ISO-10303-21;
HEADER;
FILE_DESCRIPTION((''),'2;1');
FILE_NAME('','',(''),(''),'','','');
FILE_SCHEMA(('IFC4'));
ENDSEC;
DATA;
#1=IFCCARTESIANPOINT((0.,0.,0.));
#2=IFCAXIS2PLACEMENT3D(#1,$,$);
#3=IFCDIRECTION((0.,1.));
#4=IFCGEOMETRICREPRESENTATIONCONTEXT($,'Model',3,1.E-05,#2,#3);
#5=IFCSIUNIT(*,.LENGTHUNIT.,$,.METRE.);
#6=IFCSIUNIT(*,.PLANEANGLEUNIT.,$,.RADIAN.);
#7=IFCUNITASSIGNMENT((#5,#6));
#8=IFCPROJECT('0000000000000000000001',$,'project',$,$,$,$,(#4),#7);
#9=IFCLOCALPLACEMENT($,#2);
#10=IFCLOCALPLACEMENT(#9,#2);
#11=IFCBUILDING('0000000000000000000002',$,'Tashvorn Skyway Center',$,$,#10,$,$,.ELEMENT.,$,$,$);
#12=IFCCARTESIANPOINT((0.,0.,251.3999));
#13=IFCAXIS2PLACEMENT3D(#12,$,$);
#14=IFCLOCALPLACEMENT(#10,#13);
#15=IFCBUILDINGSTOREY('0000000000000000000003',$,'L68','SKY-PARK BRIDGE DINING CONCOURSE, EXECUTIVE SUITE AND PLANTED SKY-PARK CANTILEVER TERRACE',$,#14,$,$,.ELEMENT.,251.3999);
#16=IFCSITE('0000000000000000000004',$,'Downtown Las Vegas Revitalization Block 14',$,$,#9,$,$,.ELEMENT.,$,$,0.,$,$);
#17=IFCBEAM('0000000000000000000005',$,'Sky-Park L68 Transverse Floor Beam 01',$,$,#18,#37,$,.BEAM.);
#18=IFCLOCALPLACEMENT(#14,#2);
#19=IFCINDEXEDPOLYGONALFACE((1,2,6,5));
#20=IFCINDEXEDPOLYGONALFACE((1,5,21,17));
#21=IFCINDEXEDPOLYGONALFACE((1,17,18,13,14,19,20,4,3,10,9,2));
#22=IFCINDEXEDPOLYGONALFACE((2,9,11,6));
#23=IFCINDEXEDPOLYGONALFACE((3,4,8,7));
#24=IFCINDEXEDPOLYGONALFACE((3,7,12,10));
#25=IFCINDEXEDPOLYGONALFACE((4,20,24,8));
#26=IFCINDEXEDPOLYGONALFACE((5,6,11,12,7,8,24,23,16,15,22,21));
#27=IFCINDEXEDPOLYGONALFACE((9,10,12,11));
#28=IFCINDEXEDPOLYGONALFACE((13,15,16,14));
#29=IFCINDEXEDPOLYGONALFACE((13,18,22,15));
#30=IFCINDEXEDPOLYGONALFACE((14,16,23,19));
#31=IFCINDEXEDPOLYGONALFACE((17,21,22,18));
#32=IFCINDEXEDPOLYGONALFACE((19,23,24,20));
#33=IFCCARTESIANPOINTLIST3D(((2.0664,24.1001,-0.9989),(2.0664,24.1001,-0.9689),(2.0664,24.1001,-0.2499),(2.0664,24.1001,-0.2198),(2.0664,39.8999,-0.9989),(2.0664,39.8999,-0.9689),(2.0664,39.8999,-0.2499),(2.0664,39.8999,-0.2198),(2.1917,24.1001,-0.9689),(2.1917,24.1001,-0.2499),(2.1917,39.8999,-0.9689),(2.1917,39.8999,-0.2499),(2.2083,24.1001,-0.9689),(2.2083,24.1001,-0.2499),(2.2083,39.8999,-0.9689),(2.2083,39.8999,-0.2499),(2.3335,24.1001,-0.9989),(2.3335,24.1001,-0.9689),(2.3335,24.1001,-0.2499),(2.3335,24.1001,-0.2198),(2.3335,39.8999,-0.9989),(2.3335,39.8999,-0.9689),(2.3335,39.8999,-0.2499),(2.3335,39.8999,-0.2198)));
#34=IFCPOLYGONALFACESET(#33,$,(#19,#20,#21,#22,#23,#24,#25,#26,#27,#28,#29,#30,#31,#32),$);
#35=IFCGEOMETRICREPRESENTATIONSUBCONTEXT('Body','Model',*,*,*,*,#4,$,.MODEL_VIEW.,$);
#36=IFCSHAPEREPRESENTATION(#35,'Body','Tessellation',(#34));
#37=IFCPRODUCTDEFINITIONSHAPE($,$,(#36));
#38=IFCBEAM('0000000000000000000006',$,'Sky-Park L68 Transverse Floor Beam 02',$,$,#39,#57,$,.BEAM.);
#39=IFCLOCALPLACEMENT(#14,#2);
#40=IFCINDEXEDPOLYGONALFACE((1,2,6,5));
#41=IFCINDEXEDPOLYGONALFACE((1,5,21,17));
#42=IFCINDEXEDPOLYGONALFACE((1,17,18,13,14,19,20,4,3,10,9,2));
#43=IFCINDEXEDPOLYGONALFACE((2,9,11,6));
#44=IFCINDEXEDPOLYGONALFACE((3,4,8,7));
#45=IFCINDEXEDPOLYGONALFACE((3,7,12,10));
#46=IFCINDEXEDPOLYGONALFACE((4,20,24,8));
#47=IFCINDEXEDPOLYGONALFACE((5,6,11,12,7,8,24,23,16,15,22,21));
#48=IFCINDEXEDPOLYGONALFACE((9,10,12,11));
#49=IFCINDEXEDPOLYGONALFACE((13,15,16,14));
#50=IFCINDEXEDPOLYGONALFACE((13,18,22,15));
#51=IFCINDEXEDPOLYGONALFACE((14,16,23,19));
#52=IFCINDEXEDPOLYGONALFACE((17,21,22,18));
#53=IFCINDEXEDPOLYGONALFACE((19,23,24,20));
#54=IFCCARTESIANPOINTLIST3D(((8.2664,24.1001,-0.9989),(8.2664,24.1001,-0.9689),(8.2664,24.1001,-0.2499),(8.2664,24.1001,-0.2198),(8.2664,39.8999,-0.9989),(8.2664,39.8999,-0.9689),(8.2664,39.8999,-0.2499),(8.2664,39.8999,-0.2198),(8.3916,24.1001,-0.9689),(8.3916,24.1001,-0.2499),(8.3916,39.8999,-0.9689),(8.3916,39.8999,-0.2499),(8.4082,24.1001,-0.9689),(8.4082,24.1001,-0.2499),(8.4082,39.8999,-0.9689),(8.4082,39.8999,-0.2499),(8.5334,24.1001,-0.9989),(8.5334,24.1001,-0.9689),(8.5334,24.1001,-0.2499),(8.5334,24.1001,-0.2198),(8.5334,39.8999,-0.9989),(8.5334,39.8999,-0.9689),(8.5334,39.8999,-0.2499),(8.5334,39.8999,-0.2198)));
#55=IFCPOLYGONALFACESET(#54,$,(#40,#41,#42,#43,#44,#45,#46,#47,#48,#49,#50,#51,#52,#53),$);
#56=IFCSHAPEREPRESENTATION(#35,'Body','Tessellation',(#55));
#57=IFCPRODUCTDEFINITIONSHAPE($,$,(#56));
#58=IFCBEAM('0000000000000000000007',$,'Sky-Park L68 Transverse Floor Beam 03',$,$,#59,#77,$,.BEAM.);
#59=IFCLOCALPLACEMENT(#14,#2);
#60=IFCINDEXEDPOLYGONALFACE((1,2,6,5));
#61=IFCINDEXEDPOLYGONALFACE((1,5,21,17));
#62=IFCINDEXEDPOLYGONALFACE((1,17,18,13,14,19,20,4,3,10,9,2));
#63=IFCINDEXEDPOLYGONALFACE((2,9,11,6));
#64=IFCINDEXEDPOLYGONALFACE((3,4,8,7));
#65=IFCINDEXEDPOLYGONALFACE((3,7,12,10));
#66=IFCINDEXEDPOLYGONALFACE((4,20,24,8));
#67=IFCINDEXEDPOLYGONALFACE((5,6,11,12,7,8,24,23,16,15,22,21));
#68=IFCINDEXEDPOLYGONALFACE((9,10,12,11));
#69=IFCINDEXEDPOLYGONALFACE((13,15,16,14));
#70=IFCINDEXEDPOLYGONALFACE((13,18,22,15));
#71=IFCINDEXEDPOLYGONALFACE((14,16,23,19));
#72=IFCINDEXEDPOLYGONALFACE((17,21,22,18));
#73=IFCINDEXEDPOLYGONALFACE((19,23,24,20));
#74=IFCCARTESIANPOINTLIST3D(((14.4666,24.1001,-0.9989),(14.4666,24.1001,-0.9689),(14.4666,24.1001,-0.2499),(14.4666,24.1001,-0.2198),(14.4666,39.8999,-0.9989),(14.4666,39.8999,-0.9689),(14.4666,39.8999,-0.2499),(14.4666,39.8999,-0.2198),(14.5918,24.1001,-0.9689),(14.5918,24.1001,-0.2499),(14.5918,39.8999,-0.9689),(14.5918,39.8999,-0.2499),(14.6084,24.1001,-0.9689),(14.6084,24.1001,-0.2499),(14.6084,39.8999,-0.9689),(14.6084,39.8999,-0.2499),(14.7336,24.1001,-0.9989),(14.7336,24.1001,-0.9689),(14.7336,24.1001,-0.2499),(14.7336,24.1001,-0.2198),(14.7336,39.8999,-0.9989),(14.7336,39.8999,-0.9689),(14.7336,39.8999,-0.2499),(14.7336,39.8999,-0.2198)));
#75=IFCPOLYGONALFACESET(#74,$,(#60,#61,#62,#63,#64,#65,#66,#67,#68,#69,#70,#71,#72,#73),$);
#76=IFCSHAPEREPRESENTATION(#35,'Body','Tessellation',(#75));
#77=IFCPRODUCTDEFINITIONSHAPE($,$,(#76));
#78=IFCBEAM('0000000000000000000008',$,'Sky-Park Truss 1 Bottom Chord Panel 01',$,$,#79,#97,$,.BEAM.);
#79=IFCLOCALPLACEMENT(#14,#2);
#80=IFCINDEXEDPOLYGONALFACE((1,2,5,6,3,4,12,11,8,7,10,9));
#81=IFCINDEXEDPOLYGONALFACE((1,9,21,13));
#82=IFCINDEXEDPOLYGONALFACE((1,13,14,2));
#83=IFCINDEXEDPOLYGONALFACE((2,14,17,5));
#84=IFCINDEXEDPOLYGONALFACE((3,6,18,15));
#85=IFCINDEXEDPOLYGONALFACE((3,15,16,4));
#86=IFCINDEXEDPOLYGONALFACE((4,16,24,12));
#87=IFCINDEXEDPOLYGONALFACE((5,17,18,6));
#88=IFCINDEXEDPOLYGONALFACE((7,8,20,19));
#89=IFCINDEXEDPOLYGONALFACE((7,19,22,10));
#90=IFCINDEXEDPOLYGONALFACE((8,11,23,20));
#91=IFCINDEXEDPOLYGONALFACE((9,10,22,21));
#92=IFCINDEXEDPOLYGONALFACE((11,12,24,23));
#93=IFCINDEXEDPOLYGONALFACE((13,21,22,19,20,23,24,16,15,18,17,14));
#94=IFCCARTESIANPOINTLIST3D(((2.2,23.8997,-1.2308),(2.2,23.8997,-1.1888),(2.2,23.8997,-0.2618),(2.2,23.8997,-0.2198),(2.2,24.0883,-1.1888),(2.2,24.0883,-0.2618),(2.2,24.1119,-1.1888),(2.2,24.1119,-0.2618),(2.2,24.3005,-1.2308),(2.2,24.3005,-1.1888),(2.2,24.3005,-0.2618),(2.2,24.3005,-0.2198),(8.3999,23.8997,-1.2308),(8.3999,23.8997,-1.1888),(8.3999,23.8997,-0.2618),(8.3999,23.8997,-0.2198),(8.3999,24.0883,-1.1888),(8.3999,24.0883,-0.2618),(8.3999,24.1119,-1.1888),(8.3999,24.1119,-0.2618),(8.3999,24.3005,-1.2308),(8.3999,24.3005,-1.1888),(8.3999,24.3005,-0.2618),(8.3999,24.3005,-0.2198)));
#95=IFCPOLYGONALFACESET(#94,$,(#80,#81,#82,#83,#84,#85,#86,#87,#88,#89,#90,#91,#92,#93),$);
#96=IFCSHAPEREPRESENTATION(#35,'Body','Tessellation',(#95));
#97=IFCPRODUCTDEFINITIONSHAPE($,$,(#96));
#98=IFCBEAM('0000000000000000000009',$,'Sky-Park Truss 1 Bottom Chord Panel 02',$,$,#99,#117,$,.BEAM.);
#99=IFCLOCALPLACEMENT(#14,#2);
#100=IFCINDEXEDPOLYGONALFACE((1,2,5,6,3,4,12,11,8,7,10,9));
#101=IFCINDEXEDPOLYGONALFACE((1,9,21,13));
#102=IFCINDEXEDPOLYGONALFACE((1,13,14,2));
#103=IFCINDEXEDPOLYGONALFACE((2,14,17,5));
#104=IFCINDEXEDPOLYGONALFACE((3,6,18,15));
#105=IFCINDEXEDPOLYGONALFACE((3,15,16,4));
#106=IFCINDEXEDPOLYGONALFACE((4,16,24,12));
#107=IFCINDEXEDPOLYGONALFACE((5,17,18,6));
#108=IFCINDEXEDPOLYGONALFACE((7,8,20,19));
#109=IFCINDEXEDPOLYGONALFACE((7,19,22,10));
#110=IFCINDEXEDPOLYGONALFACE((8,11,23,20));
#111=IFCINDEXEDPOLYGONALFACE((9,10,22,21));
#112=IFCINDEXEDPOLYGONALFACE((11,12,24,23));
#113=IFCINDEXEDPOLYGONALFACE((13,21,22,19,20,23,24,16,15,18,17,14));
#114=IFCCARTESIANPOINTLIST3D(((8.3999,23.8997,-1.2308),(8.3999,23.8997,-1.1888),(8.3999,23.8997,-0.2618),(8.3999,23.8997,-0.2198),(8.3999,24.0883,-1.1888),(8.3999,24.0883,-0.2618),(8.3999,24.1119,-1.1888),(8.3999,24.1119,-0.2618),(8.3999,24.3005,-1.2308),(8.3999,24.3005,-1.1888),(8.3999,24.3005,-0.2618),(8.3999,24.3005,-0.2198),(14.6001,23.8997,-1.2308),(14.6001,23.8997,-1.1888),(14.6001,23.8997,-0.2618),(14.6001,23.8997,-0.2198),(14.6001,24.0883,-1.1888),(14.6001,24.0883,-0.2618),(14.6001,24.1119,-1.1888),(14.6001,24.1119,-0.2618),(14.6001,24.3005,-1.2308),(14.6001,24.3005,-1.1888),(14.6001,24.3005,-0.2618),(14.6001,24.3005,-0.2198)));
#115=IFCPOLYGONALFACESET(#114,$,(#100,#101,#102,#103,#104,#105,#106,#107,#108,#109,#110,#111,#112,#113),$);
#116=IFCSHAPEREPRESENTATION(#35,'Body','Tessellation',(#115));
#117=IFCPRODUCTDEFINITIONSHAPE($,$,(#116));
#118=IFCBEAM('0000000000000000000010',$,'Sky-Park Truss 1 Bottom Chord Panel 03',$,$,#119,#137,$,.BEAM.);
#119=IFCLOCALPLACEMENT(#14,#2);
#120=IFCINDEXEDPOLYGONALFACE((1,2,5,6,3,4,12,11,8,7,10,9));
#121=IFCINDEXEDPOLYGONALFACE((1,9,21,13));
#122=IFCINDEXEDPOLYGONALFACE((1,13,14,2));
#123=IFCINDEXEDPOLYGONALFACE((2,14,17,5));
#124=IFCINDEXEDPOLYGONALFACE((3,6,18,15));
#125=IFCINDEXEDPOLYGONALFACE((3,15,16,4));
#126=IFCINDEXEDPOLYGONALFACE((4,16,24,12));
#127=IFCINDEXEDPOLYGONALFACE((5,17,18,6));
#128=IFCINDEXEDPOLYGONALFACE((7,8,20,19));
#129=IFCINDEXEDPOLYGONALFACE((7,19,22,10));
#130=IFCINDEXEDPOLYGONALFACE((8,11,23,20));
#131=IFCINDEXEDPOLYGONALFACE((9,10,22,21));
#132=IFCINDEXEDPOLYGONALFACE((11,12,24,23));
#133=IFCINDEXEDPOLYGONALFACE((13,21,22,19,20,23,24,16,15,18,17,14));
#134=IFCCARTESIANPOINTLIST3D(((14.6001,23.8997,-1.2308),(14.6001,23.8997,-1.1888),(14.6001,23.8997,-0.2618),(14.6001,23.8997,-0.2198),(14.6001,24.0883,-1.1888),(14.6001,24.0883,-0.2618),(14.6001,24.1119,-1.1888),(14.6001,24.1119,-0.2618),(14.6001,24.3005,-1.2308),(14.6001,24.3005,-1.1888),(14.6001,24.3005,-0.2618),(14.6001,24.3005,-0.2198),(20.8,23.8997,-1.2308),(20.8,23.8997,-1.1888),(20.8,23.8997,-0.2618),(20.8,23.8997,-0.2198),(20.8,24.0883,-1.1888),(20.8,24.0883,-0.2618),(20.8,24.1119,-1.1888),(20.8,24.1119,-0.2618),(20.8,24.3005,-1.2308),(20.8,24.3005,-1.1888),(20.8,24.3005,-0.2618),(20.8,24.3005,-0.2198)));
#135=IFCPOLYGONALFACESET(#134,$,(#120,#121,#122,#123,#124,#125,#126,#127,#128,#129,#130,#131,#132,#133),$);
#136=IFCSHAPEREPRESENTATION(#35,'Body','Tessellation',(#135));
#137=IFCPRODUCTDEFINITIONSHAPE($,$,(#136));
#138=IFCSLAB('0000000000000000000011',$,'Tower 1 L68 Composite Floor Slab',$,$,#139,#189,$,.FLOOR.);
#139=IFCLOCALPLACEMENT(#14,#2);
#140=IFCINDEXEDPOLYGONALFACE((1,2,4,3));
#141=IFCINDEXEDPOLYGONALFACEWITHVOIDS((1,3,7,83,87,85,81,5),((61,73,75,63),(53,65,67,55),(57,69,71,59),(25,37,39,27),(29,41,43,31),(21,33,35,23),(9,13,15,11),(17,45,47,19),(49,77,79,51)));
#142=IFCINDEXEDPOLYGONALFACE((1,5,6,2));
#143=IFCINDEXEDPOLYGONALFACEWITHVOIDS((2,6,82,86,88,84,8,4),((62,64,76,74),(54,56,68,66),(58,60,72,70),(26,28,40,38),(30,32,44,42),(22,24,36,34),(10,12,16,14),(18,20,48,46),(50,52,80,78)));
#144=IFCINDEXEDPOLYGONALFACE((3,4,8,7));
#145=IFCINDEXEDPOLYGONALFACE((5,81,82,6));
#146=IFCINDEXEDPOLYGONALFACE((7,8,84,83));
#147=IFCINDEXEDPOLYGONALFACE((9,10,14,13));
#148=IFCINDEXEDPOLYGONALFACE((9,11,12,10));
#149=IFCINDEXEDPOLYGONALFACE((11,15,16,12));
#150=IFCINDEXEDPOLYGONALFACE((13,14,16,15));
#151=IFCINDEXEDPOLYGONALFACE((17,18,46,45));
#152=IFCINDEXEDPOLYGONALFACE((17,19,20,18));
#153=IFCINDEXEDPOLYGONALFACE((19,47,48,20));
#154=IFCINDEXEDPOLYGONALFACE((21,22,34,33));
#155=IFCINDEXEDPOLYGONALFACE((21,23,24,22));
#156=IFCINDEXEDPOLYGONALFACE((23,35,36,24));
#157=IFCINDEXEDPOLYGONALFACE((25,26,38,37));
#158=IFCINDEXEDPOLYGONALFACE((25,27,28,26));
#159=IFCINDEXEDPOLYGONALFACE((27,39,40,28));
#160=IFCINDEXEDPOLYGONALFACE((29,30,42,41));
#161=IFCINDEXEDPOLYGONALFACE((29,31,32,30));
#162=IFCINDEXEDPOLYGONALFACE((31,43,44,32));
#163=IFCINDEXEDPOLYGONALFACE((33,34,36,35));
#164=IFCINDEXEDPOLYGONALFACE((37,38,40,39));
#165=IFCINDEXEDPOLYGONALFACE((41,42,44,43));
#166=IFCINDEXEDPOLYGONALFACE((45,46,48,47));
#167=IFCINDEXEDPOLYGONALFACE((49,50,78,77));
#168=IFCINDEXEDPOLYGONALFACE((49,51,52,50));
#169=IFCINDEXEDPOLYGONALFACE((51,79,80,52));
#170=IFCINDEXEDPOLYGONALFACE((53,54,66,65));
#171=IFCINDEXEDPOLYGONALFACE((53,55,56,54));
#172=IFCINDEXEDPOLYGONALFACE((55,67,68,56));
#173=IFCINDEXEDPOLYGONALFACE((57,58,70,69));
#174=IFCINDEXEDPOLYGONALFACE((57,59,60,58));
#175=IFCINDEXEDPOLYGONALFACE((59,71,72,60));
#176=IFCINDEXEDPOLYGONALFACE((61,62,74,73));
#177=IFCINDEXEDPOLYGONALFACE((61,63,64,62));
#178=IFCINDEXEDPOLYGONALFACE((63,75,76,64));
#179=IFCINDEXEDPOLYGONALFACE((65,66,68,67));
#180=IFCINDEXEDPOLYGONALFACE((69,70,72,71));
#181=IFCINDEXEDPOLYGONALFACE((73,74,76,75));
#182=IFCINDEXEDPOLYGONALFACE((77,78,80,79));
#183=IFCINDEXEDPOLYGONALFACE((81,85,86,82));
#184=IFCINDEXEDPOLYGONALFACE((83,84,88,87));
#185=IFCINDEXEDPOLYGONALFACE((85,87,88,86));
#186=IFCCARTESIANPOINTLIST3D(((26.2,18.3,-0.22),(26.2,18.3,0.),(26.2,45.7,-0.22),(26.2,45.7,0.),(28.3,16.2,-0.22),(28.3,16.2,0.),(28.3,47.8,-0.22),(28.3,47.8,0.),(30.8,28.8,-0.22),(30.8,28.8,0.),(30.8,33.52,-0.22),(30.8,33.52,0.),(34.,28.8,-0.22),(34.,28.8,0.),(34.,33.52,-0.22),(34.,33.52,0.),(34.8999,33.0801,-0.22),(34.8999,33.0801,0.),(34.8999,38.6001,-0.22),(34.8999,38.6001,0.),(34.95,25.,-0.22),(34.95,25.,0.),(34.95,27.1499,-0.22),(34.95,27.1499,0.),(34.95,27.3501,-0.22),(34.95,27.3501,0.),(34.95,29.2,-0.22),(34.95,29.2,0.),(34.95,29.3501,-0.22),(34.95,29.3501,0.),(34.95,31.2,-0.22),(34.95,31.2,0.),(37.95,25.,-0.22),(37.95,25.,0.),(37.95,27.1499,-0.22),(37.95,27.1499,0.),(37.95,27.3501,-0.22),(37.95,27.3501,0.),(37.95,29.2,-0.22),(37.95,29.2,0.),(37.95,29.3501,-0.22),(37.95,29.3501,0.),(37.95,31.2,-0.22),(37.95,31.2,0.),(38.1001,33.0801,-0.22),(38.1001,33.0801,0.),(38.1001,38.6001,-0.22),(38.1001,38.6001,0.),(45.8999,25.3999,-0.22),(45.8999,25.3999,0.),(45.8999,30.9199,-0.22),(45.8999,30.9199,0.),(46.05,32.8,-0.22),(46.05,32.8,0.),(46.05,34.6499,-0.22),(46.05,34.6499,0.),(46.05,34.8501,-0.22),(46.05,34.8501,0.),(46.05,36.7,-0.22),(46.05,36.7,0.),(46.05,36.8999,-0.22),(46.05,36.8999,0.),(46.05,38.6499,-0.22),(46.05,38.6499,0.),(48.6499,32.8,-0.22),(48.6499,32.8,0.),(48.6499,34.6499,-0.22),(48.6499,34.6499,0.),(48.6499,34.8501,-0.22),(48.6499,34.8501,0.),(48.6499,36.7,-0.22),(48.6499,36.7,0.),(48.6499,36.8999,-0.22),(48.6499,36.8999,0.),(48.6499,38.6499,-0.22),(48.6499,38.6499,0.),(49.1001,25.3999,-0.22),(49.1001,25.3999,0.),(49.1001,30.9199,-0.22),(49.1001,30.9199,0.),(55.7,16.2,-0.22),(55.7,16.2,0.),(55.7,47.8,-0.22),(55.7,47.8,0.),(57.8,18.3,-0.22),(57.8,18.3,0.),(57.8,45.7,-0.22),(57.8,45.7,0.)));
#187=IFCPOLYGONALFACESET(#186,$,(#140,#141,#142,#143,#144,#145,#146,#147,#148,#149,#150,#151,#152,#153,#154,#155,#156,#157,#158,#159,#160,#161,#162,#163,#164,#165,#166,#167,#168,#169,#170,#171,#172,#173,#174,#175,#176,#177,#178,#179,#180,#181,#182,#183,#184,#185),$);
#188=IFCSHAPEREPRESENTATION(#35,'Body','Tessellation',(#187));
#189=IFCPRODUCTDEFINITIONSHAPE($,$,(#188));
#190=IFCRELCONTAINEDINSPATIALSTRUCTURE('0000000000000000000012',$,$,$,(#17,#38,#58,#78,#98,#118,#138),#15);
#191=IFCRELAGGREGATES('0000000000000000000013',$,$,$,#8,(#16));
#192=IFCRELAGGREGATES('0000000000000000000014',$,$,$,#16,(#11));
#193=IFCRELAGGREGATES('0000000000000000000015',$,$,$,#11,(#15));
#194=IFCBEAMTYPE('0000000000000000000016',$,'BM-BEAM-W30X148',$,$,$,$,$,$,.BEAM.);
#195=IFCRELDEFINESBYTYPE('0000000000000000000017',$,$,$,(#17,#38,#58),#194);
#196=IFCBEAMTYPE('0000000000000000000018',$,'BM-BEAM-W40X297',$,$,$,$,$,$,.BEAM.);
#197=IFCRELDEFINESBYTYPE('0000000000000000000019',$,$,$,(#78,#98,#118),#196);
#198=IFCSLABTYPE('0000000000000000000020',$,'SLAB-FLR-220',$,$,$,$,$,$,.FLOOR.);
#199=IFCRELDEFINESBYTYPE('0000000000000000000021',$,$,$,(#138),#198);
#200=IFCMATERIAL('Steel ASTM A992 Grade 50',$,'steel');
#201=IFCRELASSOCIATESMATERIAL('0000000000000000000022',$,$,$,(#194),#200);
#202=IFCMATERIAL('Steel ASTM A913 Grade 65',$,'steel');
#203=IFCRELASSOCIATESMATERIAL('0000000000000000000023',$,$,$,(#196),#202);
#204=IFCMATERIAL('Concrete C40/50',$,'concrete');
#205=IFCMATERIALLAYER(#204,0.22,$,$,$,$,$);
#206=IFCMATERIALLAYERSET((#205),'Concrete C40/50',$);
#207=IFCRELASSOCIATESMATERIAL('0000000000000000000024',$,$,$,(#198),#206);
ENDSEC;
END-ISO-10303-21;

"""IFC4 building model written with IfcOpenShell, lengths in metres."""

from ifc_helpers import new_model, si_unit, direction, frame, origin, origin_2d, place, context, subcontext, project, spatial, polyline, i_section, outline, extrude, material, layer, layer_set, material_profile, profile_set, type_object, element, save


model = new_model("IFC4")

# Units and contexts
model_context = context("Model", 3, precision=1e-05, world=origin(), true_north=direction((0.0, 1.0)))
body_context = subcontext(model_context, "Body", "Model", "MODEL_VIEW")
ifc_project = project(units=[si_unit("LENGTHUNIT", "METRE"), si_unit("PLANEANGLEUNIT", "RADIAN")], contexts=[model_context])

# Site, building, storey
site_placement = place(None, origin())
site = spatial("IfcSite", under=ifc_project, at=site_placement, Name="Downtown Las Vegas Revitalization Block 14", CompositionType="ELEMENT", RefElevation=0.0)
building_placement = place(site_placement, origin())
building = spatial("IfcBuilding", under=site, at=building_placement, Name="Tashvorn Skyway Center", CompositionType="ELEMENT")
storey_placement = place(building_placement, frame((0.0, 0.0, 251.3999)))
storey = spatial("IfcBuildingStorey", under=building, at=storey_placement, Name="L68", Description="SKY-PARK BRIDGE DINING CONCOURSE, EXECUTIVE SUITE AND PLANTED SKY-PARK CANTILEVER TERRACE", CompositionType="ELEMENT", Elevation=251.3999)

# Beams
ifc_material_1 = material(Name="Steel ASTM A992 Grade 50", Category="steel")
ifc_material_profile_1 = material_profile(ifc_material_1, i_section(OverallWidth=0.2671, OverallDepth=0.7791, WebThickness=0.0166, FlangeThickness=0.03, at=origin_2d()), Name="W30X148")
ifc_profile_set_1 = profile_set([ifc_material_profile_1], Name="Steel ASTM A992 Grade 50")
beam_type_1 = type_object("IfcBeamType", Name="BM-BEAM-W30X148", PredefinedType="BEAM", material=ifc_profile_set_1)
for number, where, z_axis, x_axis, name in (
    (1, (2.2, 24.1001, -0.6094), (0.0, 1.0, 0.0), (-1.0, 0.0, 0.0), "Sky-Park L68 Transverse Floor Beam 01"),
    (2, (8.3999, 24.1001, -0.6094), (0.0, 1.0, 0.0), (-1.0, 0.0, 0.0), "Sky-Park L68 Transverse Floor Beam 02"),
    (3, (14.6001, 24.1001, -0.6094), (0.0, 1.0, 0.0), (-1.0, 0.0, 0.0), "Sky-Park L68 Transverse Floor Beam 03"),
):
    element("IfcBeam", number, at=place(storey_placement, frame(where, z_axis=z_axis, x_axis=x_axis)), inside=storey, type_object=beam_type_1, Name=name, PredefinedType="BEAM", context=body_context, shape_type="SweptSolid", body=[
        extrude(i_section(OverallWidth=0.2671, OverallDepth=0.7791, WebThickness=0.0166, FlangeThickness=0.03, at=origin_2d()), origin(), (0.0, 0.0, 1.0), 15.7998),
    ])
ifc_material_2 = material(Name="Steel ASTM A913 Grade 65", Category="steel")
ifc_material_profile_2 = material_profile(ifc_material_2, i_section(OverallWidth=0.4009, OverallDepth=1.011, WebThickness=0.0237, FlangeThickness=0.042, at=origin_2d()), Name="W40X297")
ifc_profile_set_2 = profile_set([ifc_material_profile_2], Name="Steel ASTM A913 Grade 65")
beam_type_2 = type_object("IfcBeamType", Name="BM-BEAM-W40X297", PredefinedType="BEAM", material=ifc_profile_set_2)
beam_1_placement = place(storey_placement, frame((2.2, 24.1001, -0.7253), z_axis=(1.0, 0.0, 0.0), x_axis=(0.0, 1.0, 0.0)))
element("IfcBeam", 4, at=beam_1_placement, inside=storey, type_object=beam_type_2, Name="Sky-Park Truss 1 Bottom Chord Panel 01", PredefinedType="BEAM", context=body_context, shape_type="SweptSolid", body=[
    extrude(i_section(OverallWidth=0.4009, OverallDepth=1.011, WebThickness=0.0237, FlangeThickness=0.042, at=origin_2d()), origin(), (0.0, 0.0, 1.0), 6.2),
])
beam_2_placement = place(storey_placement, frame((8.3999, 24.1001, -0.7253), z_axis=(1.0, 0.0, 0.0), x_axis=(0.0, 1.0, 0.0)))
element("IfcBeam", 5, at=beam_2_placement, inside=storey, type_object=beam_type_2, Name="Sky-Park Truss 1 Bottom Chord Panel 02", PredefinedType="BEAM", context=body_context, shape_type="SweptSolid", body=[
    extrude(i_section(OverallWidth=0.4009, OverallDepth=1.011, WebThickness=0.0237, FlangeThickness=0.042, at=origin_2d()), origin(), (0.0, 0.0, 1.0), 6.2002),
])
beam_3_placement = place(storey_placement, frame((14.6001, 24.1001, -0.7253), z_axis=(1.0, 0.0, 0.0), x_axis=(0.0, 1.0, 0.0)))
element("IfcBeam", 6, at=beam_3_placement, inside=storey, type_object=beam_type_2, Name="Sky-Park Truss 1 Bottom Chord Panel 03", PredefinedType="BEAM", context=body_context, shape_type="SweptSolid", body=[
    extrude(i_section(OverallWidth=0.4009, OverallDepth=1.011, WebThickness=0.0237, FlangeThickness=0.042, at=origin_2d()), origin(), (0.0, 0.0, 1.0), 6.2),
])

# Slab
ifc_material_3 = material(Name="Concrete C40/50", Category="concrete")
ifc_layer_1 = layer(ifc_material_3, 0.22)
ifc_layer_set_1 = layer_set([ifc_layer_1], Name="Concrete C40/50")
slab_type_1 = type_object("IfcSlabType", Name="SLAB-FLR-220", PredefinedType="FLOOR", material=ifc_layer_set_1)
slab_1_placement = place(storey_placement, frame((0.0, 0.0, -0.22)))
element("IfcSlab", 7, at=slab_1_placement, inside=storey, type_object=slab_type_1, Name="Tower 1 L68 Composite Floor Slab", PredefinedType="FLOOR", context=body_context, shape_type="SweptSolid", body=[
    extrude(outline(polyline([(28.3, 16.2), (55.7, 16.2), (57.8, 18.3), (57.8, 45.7), (55.7, 47.8), (28.3, 47.8), (26.2, 45.7), (26.2, 18.3), (28.3, 16.2)]), holes=[polyline([(38.1001, 33.0801), (38.1001, 38.6001), (34.8999, 38.6001), (34.8999, 33.0801), (38.1001, 33.0801)]), polyline([(45.8999, 30.9199), (45.8999, 25.3999), (49.1001, 25.3999), (49.1001, 30.9199), (45.8999, 30.9199)]), polyline([(30.8, 33.52), (30.8, 28.8), (34.0, 28.8), (34.0, 33.52), (30.8, 33.52)]), polyline([(34.95, 29.3501), (37.95, 29.3501), (37.95, 31.2), (34.95, 31.2), (34.95, 29.3501)]), polyline([(34.95, 27.3501), (37.95, 27.3501), (37.95, 29.2), (34.95, 29.2), (34.95, 27.3501)]), polyline([(34.95, 25.0), (37.95, 25.0), (37.95, 27.1499), (34.95, 27.1499), (34.95, 25.0)]), polyline([(46.05, 32.8), (48.6499, 32.8), (48.6499, 34.6499), (46.05, 34.6499), (46.05, 32.8)]), polyline([(46.05, 34.8501), (48.6499, 34.8501), (48.6499, 36.7), (46.05, 36.7), (46.05, 34.8501)]), polyline([(46.05, 36.8999), (48.6499, 36.8999), (48.6499, 38.6499), (46.05, 38.6499), (46.05, 36.8999)])]), origin(), (0.0, 0.0, 1.0), 0.22),
])

save(model, "model.ifc")
